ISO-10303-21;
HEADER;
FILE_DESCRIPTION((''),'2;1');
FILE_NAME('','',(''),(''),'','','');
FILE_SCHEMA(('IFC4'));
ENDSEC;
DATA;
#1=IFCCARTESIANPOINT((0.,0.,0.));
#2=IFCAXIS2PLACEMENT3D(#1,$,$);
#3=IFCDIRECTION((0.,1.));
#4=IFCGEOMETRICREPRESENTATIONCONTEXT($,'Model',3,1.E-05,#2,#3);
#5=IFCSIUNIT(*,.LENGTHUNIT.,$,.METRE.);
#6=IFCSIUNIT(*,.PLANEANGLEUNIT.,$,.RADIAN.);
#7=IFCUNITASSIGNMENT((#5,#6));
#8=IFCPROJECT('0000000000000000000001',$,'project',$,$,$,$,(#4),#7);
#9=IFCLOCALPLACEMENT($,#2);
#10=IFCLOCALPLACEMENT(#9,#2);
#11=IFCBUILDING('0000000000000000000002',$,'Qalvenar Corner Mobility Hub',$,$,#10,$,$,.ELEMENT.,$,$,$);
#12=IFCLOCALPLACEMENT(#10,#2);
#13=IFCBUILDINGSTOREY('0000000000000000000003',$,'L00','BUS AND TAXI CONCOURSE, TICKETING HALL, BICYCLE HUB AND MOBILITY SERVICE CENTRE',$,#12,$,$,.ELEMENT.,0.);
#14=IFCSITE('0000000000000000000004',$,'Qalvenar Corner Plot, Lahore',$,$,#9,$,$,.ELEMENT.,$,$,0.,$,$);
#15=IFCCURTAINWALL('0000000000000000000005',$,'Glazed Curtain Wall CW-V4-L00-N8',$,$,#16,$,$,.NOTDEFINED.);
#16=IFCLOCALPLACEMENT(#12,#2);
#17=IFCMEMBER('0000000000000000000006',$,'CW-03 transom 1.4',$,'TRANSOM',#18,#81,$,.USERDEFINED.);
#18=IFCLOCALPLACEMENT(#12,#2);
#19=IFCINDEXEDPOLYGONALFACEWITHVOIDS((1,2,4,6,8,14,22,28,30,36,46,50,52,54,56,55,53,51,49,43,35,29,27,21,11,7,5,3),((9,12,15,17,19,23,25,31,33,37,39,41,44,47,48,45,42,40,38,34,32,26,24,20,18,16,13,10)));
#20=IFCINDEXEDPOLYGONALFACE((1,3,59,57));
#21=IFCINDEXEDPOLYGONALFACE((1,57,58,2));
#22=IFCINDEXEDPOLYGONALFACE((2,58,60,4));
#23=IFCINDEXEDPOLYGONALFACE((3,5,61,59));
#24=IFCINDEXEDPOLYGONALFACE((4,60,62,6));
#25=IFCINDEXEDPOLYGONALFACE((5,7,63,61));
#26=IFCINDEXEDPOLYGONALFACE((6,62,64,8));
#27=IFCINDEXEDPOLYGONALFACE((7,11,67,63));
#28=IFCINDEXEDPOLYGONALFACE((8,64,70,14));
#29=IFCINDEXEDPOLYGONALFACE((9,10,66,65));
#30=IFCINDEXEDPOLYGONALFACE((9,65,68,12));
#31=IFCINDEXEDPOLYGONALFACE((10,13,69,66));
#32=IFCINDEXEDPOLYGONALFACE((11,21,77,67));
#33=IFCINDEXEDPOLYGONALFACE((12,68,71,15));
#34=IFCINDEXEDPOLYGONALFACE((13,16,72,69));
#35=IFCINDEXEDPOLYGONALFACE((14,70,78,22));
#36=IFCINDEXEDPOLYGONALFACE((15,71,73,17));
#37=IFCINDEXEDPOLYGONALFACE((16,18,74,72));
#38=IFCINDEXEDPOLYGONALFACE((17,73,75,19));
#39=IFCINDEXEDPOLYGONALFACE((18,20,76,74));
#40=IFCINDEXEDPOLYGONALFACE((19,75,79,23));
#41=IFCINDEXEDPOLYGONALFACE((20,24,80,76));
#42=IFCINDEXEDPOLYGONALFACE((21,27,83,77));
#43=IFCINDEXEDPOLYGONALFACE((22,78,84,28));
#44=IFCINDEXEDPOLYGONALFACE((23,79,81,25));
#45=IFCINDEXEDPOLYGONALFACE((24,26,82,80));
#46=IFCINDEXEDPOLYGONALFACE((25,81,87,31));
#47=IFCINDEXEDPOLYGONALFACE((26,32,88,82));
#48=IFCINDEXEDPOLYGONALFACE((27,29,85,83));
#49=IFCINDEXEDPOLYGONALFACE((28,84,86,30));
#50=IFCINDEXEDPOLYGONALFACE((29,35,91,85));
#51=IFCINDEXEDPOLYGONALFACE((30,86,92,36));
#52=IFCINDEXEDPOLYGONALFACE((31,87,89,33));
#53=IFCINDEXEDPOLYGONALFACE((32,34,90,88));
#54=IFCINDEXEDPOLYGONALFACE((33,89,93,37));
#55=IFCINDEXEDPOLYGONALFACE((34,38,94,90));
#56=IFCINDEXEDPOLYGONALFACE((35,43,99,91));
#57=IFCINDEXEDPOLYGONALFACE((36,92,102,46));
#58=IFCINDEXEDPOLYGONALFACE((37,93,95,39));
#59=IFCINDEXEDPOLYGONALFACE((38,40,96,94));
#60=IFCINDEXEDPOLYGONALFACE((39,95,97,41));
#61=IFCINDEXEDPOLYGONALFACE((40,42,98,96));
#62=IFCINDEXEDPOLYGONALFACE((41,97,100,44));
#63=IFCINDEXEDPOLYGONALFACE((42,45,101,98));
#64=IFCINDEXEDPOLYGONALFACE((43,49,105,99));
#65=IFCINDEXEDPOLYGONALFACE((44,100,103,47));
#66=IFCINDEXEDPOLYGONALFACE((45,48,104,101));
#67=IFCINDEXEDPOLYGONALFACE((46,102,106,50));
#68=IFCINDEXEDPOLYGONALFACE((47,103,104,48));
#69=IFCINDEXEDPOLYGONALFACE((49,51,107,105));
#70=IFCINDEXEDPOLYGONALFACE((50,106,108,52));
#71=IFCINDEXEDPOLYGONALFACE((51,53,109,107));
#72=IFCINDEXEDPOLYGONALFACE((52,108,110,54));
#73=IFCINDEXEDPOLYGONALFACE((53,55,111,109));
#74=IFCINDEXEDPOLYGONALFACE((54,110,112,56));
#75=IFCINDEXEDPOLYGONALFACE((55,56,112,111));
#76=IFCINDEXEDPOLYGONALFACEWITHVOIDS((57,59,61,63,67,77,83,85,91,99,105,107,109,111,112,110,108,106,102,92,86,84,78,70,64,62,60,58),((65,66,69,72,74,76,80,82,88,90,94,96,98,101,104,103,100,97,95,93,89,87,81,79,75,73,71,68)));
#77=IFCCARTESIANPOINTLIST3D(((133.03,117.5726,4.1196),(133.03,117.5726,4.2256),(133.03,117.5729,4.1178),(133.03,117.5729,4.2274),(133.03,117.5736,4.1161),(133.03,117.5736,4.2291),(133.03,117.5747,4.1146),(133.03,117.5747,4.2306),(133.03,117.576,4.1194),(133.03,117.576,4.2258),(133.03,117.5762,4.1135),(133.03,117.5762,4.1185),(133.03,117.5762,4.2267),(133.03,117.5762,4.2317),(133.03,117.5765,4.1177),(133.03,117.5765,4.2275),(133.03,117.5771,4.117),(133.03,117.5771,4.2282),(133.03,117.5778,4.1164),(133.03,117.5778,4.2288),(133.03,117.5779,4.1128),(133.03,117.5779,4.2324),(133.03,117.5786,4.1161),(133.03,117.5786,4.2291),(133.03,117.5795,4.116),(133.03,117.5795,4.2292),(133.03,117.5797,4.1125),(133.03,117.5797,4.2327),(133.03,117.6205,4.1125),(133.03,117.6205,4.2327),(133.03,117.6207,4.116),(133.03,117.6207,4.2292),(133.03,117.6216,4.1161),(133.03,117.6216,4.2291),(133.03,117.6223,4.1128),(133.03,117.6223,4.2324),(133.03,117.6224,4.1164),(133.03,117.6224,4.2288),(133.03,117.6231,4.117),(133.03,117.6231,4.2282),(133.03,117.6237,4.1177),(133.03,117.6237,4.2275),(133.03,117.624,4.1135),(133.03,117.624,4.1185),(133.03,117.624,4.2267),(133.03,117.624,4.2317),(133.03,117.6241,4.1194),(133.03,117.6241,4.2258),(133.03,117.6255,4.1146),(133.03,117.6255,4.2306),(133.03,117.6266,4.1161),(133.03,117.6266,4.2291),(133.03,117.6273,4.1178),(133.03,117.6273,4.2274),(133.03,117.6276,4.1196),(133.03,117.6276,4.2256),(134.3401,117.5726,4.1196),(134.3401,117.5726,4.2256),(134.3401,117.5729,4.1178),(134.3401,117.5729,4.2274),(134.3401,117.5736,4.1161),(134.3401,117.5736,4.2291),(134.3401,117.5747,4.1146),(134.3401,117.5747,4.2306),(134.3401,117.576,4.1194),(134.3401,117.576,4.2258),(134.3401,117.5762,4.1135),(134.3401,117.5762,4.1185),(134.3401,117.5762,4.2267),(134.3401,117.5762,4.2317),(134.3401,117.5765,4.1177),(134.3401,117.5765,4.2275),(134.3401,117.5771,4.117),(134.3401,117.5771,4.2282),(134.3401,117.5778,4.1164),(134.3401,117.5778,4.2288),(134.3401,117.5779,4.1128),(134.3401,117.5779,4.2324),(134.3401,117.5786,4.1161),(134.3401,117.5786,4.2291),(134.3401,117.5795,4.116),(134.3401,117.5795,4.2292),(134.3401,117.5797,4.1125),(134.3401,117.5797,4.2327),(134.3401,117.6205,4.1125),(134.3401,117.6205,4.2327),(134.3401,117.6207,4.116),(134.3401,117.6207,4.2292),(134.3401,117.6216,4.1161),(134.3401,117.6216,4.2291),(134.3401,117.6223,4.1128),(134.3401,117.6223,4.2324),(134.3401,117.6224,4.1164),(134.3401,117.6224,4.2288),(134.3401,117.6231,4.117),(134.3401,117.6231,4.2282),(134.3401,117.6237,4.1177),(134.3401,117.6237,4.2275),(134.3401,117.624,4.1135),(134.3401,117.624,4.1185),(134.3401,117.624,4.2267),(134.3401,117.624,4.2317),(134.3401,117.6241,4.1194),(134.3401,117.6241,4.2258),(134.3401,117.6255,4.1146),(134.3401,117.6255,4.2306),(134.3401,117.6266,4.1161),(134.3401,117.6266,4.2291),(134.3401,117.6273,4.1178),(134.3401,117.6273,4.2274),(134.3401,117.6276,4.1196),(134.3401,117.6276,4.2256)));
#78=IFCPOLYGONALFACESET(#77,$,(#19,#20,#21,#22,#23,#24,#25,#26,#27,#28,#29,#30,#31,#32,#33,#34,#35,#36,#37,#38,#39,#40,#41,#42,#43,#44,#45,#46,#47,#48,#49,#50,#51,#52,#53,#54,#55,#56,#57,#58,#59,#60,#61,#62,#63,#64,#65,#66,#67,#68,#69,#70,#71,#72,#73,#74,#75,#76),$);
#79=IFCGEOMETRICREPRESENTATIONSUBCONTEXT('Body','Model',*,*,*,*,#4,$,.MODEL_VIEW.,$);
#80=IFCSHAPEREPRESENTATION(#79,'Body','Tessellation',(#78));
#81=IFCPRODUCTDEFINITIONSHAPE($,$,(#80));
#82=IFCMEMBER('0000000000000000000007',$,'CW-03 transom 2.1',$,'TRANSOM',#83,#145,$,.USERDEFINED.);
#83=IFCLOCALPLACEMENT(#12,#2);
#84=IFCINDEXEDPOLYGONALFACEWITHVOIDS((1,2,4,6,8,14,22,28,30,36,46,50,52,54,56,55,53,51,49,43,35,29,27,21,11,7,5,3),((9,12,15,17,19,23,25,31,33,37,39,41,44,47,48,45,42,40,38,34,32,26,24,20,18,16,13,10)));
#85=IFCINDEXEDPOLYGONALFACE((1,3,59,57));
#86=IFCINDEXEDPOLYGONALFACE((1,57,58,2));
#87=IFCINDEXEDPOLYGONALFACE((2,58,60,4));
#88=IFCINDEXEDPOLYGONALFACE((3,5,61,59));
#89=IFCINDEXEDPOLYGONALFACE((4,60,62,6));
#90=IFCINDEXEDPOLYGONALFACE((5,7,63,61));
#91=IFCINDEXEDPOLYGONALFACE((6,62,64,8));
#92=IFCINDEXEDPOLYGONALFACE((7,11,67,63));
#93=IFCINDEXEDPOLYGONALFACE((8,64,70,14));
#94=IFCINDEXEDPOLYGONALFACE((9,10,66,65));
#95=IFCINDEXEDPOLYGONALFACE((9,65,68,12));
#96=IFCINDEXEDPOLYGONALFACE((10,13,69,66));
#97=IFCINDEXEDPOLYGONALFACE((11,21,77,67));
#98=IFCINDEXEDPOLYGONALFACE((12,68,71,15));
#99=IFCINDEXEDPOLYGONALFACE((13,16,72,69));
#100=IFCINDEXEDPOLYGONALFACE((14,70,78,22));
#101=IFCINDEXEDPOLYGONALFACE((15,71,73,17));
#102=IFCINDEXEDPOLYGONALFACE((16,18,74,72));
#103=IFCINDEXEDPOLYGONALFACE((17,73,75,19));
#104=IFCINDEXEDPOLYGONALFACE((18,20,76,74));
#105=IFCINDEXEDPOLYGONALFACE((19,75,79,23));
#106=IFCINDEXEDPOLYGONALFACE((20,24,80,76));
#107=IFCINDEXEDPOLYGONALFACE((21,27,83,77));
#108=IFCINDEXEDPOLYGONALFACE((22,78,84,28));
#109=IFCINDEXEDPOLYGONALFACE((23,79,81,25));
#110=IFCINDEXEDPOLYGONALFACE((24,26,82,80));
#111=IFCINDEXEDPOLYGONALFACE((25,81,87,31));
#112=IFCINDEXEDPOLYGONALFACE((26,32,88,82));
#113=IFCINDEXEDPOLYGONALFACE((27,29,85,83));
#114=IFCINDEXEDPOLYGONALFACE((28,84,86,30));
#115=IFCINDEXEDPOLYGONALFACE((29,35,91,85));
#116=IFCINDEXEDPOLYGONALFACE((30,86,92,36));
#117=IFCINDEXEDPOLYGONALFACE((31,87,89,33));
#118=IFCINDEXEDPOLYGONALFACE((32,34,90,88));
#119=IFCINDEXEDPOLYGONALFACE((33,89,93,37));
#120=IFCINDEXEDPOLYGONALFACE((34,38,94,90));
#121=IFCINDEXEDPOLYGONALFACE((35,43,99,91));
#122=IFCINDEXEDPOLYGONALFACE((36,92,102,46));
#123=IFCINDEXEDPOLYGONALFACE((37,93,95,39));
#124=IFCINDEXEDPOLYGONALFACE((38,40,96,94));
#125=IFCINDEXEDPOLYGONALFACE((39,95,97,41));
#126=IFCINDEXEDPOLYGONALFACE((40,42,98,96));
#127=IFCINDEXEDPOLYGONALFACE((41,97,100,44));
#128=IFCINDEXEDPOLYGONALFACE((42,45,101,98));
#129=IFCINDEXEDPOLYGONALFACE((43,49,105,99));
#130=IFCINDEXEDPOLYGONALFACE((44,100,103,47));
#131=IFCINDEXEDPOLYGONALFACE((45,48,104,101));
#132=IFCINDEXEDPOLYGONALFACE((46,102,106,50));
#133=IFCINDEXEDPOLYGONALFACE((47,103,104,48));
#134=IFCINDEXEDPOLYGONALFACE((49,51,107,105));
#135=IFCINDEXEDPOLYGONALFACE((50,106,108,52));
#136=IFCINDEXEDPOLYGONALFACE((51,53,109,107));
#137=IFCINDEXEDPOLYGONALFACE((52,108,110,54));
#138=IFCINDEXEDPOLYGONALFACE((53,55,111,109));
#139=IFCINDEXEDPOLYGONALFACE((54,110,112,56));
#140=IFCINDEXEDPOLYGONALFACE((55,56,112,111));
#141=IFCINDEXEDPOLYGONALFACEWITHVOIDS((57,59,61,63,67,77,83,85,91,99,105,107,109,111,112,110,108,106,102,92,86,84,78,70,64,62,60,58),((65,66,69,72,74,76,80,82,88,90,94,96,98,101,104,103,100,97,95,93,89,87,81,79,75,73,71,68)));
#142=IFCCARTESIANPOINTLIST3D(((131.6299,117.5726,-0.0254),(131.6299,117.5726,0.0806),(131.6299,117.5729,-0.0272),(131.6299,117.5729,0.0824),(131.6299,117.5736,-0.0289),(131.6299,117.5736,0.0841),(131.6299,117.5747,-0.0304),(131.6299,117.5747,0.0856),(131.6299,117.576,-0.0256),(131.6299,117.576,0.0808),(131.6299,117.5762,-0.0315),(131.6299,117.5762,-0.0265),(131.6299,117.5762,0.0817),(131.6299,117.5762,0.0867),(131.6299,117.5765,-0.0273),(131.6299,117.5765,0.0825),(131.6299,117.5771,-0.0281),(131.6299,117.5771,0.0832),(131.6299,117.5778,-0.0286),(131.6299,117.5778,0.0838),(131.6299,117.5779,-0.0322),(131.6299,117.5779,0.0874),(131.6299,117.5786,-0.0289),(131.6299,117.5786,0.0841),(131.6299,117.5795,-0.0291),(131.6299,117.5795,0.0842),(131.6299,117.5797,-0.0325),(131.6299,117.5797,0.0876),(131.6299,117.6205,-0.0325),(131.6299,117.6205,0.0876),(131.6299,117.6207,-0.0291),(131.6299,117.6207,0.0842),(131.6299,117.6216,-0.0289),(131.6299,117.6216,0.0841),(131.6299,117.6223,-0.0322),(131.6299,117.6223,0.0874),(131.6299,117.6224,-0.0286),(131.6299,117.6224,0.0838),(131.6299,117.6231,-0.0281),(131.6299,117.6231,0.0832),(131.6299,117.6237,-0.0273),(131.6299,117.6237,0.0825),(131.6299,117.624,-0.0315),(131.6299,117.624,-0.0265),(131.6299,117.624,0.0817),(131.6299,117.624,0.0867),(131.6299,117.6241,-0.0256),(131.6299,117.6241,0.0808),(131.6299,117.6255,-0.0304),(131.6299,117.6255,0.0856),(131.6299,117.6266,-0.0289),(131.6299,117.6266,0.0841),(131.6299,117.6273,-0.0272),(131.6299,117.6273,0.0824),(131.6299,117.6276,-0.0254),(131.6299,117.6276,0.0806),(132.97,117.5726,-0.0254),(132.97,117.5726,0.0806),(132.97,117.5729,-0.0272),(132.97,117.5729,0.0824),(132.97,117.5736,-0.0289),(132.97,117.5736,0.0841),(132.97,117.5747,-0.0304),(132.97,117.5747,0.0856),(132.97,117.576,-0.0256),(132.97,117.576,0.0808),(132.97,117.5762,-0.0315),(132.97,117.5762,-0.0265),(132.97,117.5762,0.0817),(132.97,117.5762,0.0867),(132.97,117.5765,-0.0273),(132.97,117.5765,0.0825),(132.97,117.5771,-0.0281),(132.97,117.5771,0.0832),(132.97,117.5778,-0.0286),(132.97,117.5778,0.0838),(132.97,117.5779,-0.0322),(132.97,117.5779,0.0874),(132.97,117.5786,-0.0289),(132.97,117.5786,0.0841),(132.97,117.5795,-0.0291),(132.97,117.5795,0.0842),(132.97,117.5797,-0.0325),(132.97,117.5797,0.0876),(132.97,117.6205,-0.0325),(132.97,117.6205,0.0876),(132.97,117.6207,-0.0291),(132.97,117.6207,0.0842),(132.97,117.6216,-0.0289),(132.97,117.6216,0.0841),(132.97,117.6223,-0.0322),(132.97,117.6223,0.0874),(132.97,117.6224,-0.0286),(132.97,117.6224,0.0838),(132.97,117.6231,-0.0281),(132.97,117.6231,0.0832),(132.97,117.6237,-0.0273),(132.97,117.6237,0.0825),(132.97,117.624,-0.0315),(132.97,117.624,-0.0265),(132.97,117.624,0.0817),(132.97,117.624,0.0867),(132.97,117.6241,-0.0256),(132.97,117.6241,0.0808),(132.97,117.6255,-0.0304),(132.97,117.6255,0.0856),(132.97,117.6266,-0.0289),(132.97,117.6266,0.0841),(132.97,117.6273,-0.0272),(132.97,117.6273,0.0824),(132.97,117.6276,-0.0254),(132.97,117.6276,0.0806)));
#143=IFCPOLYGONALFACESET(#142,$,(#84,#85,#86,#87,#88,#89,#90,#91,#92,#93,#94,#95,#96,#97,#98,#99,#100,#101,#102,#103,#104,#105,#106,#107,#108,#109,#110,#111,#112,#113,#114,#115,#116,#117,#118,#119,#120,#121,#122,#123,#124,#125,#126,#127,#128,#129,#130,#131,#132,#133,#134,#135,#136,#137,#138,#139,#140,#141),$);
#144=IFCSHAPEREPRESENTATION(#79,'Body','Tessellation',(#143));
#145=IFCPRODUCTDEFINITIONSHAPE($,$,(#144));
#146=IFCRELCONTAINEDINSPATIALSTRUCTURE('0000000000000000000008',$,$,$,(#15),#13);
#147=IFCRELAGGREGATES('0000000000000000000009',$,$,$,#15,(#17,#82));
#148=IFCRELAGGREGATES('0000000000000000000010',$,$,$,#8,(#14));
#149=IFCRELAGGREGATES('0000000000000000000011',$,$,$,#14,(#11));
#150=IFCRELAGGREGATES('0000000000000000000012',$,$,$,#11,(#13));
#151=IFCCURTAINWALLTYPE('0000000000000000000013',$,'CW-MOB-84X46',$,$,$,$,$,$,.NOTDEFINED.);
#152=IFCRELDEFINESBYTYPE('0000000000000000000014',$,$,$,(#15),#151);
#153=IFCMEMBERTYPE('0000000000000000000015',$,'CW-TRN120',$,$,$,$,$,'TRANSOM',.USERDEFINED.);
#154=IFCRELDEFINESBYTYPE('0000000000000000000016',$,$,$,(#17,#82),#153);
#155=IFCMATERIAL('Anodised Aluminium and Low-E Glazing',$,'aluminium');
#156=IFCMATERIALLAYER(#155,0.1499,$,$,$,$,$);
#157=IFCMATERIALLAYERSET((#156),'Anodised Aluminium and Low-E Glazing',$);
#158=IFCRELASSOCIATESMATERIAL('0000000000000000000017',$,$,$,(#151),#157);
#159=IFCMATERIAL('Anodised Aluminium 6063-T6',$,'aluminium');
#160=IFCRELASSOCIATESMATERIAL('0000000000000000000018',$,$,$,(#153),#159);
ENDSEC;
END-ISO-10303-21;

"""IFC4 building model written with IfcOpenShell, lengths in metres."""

from ifc_helpers import new_model, si_unit, direction, frame, origin, origin_2d, place, context, subcontext, project, spatial, hollow_rectangle, extrude, material, layer, layer_set, material_profile, profile_set, type_object, element, aggregate, save


model = new_model("IFC4")

# Units and contexts
model_context = context("Model", 3, precision=1e-05, world=origin(), true_north=direction((0.0, 1.0)))
body_context = subcontext(model_context, "Body", "Model", "MODEL_VIEW")
ifc_project = project(units=[si_unit("LENGTHUNIT", "METRE"), si_unit("PLANEANGLEUNIT", "RADIAN")], contexts=[model_context])

# Site, building, storey
site_placement = place(None, origin())
site = spatial("IfcSite", under=ifc_project, at=site_placement, Name="Qalvenar Corner Plot, Lahore", CompositionType="ELEMENT", RefElevation=0.0)
building_placement = place(site_placement, origin())
building = spatial("IfcBuilding", under=site, at=building_placement, Name="Qalvenar Corner Mobility Hub", CompositionType="ELEMENT")
storey_placement = place(building_placement, origin())
storey = spatial("IfcBuildingStorey", under=building, at=storey_placement, Name="L00", Description="BUS AND TAXI CONCOURSE, TICKETING HALL, BICYCLE HUB AND MOBILITY SERVICE CENTRE", CompositionType="ELEMENT", Elevation=0.0)

# Curtain wall, members
ifc_material_1 = material(Name="Anodised Aluminium and Low-E Glazing", Category="aluminium")
ifc_layer_1 = layer(ifc_material_1, 0.1499)
ifc_layer_set_1 = layer_set([ifc_layer_1], Name="Anodised Aluminium and Low-E Glazing")
curtain_wall_type = type_object("IfcCurtainWallType", Name="CW-MOB-84X46", PredefinedType="NOTDEFINED", material=ifc_layer_set_1)
curtain_wall_placement = place(storey_placement, origin())
curtain_wall = element("IfcCurtainWall", 1, at=curtain_wall_placement, inside=storey, type_object=curtain_wall_type, Name="Glazed Curtain Wall CW-V4-L00-N8", PredefinedType="NOTDEFINED")
ifc_material_2 = material(Name="Anodised Aluminium 6063-T6", Category="aluminium")
ifc_material_profile_1 = material_profile(ifc_material_2, hollow_rectangle(XDim=0.0549, YDim=0.1201, WallThickness=0.0034, InnerFilletRadius=0.0034, OuterFilletRadius=0.0071, at=origin_2d()), Name="RHS120x55x3.5")
ifc_profile_set_1 = profile_set([ifc_material_profile_1], Name="Anodised Aluminium 6063-T6")
member_type_1 = type_object("IfcMemberType", Name="CW-TRN120", ElementType="TRANSOM", PredefinedType="USERDEFINED", material=ifc_profile_set_1)
member_1_placement = place(storey_placement, frame((134.3401, 117.6001, 4.1726), z_axis=(-1.0, 0.0, 0.0), x_axis=(0.0, -1.0, 0.0)))
member_1 = element("IfcMember", 2, at=member_1_placement, type_object=member_type_1, Name="CW-03 transom 1.4", ObjectType="TRANSOM", PredefinedType="USERDEFINED", context=body_context, shape_type="SweptSolid", body=[
    extrude(hollow_rectangle(XDim=0.0549, YDim=0.1201, WallThickness=0.0034, InnerFilletRadius=0.0034, OuterFilletRadius=0.0071, at=origin_2d()), origin(), (0.0, 0.0, 1.0), 1.3101),
])
member_2_placement = place(storey_placement, frame((132.97, 117.6001, 0.0276), z_axis=(-1.0, 0.0, 0.0), x_axis=(0.0, -1.0, 0.0)))
member_2 = element("IfcMember", 3, at=member_2_placement, type_object=member_type_1, Name="CW-03 transom 2.1", ObjectType="TRANSOM", PredefinedType="USERDEFINED", context=body_context, shape_type="SweptSolid", body=[
    extrude(hollow_rectangle(XDim=0.0549, YDim=0.1201, WallThickness=0.0034, InnerFilletRadius=0.0034, OuterFilletRadius=0.0071, at=origin_2d()), origin(), (0.0, 0.0, 1.0), 1.3401),
])
aggregate(curtain_wall, [member_1, member_2])

save(model, "model.ifc")
